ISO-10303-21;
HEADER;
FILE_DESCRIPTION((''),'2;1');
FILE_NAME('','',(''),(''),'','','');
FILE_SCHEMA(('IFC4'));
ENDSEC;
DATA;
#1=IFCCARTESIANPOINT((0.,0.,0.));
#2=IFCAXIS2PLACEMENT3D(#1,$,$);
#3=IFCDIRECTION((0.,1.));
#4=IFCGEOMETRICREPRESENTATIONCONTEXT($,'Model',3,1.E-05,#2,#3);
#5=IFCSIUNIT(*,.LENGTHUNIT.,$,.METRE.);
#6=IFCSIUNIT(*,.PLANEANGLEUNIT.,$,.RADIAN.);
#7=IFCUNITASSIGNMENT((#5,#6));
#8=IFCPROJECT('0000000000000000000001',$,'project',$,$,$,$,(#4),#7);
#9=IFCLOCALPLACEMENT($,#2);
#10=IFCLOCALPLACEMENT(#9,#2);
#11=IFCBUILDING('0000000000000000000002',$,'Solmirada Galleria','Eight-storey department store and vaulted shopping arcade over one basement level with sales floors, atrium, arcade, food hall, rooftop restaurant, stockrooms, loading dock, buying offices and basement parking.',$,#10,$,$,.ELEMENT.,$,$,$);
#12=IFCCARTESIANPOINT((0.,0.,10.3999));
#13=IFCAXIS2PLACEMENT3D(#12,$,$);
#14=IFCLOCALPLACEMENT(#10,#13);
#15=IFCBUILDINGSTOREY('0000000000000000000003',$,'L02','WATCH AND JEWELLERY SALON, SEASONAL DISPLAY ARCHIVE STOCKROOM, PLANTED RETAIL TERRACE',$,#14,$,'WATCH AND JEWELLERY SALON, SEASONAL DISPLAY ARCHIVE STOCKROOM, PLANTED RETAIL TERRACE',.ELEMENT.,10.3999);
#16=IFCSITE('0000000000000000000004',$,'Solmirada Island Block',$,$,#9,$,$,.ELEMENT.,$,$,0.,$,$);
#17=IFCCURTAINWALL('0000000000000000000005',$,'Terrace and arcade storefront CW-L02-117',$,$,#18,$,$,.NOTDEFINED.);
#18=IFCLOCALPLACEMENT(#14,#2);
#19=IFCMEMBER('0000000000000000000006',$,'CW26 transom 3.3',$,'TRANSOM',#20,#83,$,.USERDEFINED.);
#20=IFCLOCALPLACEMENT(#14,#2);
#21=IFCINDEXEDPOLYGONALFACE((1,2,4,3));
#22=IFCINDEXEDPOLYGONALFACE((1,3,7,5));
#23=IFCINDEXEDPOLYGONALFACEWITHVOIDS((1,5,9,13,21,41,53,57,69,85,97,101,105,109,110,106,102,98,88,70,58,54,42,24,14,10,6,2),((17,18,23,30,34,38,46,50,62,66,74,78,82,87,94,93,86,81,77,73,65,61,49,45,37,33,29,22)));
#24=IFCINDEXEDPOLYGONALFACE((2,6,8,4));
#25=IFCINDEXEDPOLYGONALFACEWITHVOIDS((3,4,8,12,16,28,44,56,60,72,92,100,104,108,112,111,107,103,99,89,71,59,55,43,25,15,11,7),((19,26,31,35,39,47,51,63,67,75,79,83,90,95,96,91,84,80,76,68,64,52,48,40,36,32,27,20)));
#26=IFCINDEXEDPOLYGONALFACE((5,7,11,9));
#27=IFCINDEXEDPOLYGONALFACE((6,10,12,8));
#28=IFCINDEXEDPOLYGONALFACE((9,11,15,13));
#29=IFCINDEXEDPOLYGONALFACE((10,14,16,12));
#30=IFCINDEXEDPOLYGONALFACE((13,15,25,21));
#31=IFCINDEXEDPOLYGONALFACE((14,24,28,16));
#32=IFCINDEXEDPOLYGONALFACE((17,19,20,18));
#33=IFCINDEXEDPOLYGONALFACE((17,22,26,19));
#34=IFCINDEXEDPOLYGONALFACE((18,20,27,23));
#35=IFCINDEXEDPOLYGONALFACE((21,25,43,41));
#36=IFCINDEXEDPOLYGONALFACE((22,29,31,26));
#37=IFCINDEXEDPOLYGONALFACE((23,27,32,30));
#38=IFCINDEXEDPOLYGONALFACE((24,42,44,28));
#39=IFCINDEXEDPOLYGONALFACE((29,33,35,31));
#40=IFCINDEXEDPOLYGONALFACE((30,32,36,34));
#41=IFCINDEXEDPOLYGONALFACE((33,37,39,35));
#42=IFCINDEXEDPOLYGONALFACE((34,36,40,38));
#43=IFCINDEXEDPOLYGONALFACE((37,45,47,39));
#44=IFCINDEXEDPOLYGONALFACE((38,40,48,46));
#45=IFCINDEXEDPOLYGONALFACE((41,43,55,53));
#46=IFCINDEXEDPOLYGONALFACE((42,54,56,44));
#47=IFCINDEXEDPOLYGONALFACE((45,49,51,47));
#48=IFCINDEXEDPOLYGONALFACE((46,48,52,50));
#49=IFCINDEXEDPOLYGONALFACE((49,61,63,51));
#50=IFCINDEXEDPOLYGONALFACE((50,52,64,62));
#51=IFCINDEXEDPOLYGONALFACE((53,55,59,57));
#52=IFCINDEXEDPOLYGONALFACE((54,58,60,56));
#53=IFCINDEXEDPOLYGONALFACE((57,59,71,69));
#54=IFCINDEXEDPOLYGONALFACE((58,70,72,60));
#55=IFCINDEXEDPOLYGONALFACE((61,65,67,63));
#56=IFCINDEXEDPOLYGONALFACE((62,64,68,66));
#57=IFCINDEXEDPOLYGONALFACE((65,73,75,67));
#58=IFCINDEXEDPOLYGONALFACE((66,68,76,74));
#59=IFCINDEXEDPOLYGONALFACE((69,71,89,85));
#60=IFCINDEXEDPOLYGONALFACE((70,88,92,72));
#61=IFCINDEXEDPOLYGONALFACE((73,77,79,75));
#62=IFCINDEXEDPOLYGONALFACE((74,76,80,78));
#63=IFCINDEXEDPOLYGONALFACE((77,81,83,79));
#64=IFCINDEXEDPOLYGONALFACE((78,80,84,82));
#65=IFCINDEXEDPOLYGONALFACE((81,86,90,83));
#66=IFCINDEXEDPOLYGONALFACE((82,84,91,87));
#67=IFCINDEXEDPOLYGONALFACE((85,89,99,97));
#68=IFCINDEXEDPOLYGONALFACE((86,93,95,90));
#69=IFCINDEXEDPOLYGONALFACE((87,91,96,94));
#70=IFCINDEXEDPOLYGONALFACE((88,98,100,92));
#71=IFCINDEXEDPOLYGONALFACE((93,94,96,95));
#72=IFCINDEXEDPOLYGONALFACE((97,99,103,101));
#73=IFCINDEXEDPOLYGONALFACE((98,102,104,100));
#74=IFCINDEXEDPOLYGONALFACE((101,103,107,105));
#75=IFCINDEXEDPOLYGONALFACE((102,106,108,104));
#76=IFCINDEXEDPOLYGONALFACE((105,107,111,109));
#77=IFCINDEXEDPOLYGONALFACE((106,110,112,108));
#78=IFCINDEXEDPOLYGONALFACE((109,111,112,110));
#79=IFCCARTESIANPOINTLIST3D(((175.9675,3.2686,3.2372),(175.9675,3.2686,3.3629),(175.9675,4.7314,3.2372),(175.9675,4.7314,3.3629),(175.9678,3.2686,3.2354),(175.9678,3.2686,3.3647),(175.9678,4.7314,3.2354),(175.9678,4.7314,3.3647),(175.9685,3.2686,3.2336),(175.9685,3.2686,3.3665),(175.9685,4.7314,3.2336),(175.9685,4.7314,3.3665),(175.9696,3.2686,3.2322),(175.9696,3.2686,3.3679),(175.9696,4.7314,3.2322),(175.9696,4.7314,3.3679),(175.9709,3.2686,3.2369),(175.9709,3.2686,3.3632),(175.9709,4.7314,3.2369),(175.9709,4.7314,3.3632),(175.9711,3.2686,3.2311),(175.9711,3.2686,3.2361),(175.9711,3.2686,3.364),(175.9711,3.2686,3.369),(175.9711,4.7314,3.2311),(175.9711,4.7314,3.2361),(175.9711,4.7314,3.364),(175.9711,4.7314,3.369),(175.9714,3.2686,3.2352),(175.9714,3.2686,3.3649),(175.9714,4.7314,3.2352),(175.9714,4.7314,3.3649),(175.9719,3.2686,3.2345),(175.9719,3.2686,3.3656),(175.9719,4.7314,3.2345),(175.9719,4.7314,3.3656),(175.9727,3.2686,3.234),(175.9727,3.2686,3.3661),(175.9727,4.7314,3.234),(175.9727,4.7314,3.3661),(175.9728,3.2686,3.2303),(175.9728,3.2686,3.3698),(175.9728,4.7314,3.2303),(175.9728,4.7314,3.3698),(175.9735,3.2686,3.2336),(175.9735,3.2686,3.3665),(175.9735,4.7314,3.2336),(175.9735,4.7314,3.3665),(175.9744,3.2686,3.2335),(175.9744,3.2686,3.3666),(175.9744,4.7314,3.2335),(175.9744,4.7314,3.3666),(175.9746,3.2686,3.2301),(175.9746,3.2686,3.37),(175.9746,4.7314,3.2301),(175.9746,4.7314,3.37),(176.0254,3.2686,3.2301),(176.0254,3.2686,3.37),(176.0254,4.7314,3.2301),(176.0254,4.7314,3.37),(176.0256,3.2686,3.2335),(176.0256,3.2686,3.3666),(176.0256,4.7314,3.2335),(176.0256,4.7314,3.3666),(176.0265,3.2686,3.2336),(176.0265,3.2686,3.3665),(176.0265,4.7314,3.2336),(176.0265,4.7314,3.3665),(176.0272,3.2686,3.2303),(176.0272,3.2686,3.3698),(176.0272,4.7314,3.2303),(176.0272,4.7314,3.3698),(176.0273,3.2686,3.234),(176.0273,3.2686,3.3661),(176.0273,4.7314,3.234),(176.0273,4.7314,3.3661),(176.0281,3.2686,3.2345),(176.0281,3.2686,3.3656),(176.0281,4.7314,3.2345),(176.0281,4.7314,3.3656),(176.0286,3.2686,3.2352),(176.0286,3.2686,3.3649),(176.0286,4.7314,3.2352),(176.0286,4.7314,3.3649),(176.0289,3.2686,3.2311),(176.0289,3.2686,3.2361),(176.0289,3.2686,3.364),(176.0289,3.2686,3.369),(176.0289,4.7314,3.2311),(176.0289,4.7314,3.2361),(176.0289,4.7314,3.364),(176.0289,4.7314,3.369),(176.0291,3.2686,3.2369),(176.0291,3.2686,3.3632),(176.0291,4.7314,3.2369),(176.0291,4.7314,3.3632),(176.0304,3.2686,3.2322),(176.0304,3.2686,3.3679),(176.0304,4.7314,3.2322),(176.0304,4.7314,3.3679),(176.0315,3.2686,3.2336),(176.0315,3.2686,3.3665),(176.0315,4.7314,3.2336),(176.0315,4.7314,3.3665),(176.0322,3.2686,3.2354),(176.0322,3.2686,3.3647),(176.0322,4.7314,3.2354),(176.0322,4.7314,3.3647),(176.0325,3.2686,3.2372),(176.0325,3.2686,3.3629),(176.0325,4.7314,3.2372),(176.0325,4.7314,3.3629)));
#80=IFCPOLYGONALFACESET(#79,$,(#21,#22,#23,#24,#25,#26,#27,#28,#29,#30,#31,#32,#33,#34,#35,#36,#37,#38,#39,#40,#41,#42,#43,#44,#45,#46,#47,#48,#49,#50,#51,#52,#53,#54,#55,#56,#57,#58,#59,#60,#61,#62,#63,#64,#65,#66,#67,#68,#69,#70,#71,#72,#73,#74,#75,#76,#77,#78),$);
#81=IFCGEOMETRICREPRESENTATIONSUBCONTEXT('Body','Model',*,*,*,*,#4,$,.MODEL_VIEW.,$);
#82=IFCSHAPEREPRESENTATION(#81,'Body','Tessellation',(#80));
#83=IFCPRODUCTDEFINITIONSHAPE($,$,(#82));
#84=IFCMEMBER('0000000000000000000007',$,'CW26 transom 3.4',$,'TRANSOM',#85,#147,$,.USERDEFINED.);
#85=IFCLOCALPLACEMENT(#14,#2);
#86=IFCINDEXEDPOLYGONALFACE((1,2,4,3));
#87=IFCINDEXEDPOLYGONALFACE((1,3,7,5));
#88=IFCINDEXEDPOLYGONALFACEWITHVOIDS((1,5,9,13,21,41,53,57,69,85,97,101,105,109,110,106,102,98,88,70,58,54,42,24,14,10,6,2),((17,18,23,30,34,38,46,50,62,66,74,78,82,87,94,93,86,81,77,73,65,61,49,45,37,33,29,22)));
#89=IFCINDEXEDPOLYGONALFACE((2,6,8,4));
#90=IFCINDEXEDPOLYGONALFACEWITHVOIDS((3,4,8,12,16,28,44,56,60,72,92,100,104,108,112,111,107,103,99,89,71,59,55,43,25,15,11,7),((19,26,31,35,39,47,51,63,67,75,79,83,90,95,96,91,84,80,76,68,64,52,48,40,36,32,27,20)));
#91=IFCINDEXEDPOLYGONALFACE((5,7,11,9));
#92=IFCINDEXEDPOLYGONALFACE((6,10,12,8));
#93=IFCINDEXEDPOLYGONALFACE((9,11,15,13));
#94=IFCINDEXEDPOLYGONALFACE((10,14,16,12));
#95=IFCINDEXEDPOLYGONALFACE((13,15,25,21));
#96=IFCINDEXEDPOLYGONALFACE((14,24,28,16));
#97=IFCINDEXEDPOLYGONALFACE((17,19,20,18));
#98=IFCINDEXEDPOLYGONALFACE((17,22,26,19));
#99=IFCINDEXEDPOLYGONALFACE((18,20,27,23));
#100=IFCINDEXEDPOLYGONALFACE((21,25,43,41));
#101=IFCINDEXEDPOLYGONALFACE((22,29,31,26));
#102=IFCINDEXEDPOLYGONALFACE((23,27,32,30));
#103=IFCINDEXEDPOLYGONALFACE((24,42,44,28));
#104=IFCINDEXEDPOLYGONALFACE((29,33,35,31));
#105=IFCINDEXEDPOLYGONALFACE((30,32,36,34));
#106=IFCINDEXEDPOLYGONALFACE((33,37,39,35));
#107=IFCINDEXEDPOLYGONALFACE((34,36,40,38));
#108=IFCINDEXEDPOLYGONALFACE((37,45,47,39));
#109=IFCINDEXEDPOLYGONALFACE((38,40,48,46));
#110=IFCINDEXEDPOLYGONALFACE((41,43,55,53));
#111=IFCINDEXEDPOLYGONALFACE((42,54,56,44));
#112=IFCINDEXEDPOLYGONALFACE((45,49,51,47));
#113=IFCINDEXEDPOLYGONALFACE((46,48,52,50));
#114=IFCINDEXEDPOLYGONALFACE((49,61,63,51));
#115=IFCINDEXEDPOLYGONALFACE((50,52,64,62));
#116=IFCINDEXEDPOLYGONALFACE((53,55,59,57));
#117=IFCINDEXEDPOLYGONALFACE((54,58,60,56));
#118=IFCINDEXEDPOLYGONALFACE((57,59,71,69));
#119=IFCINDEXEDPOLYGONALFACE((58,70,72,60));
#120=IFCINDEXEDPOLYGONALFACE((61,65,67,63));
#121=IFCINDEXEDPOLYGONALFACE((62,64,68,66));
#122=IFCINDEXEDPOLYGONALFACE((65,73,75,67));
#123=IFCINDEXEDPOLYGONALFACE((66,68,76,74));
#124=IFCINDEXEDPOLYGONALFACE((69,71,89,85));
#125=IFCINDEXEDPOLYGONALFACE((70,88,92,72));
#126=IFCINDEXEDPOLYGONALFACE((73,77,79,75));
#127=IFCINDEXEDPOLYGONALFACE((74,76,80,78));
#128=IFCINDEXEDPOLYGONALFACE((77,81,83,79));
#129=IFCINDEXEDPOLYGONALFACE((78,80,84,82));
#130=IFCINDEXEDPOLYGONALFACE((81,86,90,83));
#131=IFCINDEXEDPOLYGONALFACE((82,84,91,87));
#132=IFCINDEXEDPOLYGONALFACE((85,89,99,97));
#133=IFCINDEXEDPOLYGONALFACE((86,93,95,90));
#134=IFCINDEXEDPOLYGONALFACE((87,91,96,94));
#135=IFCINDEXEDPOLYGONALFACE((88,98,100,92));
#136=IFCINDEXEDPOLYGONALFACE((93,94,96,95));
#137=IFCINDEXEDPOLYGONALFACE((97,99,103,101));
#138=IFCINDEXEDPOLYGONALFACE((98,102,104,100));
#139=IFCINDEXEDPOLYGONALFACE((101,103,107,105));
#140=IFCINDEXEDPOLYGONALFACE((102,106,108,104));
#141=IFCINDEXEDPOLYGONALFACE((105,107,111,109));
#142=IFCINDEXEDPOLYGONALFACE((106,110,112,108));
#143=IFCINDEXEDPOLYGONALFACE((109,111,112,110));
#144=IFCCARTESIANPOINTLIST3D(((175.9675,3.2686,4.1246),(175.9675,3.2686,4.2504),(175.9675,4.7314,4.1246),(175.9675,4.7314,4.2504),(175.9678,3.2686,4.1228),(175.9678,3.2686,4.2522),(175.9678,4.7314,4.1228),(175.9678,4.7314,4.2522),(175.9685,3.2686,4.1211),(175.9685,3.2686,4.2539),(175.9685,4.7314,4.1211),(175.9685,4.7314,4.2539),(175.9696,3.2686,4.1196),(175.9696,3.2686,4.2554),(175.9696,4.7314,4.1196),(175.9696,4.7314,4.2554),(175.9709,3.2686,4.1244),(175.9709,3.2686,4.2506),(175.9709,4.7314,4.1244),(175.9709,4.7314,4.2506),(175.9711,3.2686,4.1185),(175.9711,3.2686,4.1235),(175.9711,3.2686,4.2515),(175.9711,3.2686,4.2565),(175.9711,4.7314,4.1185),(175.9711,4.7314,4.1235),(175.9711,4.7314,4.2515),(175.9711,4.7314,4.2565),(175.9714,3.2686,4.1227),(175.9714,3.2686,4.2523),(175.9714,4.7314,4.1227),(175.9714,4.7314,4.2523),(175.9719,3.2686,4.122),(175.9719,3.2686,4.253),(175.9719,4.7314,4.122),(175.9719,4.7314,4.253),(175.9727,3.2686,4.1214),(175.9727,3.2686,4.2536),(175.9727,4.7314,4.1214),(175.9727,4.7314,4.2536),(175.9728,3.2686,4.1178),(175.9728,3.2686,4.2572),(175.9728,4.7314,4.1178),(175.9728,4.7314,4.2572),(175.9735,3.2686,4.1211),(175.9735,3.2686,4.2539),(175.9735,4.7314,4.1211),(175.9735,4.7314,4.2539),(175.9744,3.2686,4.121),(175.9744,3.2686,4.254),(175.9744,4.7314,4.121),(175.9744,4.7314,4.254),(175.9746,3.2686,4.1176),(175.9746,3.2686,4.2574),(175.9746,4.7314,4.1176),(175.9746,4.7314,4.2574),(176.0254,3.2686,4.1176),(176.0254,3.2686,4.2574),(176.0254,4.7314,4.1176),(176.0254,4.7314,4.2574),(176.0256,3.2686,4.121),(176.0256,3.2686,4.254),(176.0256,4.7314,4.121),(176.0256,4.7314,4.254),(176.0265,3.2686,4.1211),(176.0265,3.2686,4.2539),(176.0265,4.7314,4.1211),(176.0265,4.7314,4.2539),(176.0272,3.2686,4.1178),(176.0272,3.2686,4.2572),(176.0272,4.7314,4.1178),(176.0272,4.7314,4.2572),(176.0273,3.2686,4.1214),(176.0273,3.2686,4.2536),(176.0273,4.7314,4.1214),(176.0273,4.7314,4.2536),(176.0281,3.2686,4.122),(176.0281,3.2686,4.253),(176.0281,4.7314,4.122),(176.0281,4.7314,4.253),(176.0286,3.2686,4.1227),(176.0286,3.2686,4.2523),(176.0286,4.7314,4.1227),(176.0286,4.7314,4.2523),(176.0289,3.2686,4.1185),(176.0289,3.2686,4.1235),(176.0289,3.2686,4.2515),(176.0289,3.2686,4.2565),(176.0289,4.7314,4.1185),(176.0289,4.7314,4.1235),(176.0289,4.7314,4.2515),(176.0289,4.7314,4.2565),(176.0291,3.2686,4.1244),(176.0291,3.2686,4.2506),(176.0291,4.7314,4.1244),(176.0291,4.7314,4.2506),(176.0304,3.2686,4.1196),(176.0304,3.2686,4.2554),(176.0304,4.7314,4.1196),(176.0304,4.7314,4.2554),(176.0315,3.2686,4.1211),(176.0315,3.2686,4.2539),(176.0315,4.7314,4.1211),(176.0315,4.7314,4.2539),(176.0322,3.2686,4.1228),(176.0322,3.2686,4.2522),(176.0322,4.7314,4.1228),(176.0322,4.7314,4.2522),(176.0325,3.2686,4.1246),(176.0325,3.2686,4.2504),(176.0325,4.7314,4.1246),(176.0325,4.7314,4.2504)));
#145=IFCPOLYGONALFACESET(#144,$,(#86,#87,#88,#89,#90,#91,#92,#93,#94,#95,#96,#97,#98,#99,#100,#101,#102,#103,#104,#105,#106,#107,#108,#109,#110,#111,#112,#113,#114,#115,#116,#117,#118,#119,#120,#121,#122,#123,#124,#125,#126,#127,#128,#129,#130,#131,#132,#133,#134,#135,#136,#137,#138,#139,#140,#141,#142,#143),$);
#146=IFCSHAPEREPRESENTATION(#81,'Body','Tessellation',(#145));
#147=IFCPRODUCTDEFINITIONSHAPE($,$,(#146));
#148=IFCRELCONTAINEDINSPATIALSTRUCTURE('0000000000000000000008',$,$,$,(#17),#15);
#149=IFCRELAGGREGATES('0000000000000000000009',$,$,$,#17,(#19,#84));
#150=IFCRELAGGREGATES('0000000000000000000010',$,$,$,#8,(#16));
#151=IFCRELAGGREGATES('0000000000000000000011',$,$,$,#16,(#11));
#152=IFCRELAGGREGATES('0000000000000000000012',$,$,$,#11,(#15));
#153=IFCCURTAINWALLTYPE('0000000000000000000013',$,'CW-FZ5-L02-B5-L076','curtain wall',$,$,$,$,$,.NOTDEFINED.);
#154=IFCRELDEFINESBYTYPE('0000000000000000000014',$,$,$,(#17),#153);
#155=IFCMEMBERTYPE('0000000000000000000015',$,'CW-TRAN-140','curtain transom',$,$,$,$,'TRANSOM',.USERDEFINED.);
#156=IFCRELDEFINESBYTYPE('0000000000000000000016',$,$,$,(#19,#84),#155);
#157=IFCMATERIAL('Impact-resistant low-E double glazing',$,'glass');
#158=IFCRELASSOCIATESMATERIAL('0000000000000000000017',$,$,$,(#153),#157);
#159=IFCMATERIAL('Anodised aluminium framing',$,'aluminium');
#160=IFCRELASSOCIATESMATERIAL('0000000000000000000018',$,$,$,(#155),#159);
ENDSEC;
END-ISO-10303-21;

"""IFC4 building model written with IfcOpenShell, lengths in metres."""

from ifc_helpers import new_model, si_unit, direction, frame, origin, origin_2d, place, context, subcontext, project, spatial, hollow_rectangle, extrude, material, material_profile, profile_set, type_object, element, aggregate, save


model = new_model("IFC4")

# Units and contexts
model_context = context("Model", 3, precision=1e-05, world=origin(), true_north=direction((0.0, 1.0)))
body_context = subcontext(model_context, "Body", "Model", "MODEL_VIEW")
ifc_project = project(units=[si_unit("LENGTHUNIT", "METRE"), si_unit("PLANEANGLEUNIT", "RADIAN")], contexts=[model_context])

# Site, building, storey
site_placement = place(None, origin())
site = spatial("IfcSite", under=ifc_project, at=site_placement, Name="Solmirada Island Block", CompositionType="ELEMENT", RefElevation=0.0)
building_placement = place(site_placement, origin())
building = spatial("IfcBuilding", under=site, at=building_placement, Name="Solmirada Galleria", Description="Eight-storey department store and vaulted shopping arcade over one basement level with sales floors, atrium, arcade, food hall, rooftop restaurant, stockrooms, loading dock, buying offices and basement parking.", CompositionType="ELEMENT")
storey_placement = place(building_placement, frame((0.0, 0.0, 10.3999)))
storey = spatial("IfcBuildingStorey", under=building, at=storey_placement, Name="L02", Description="WATCH AND JEWELLERY SALON, SEASONAL DISPLAY ARCHIVE STOCKROOM, PLANTED RETAIL TERRACE", LongName="WATCH AND JEWELLERY SALON, SEASONAL DISPLAY ARCHIVE STOCKROOM, PLANTED RETAIL TERRACE", CompositionType="ELEMENT", Elevation=10.3999)

# Curtain wall, members
ifc_material_1 = material(Name="Impact-resistant low-E double glazing", Category="glass")
curtain_wall_type = type_object("IfcCurtainWallType", Name="CW-FZ5-L02-B5-L076", Description="curtain wall", PredefinedType="NOTDEFINED", material=ifc_material_1)
curtain_wall_placement = place(storey_placement, origin())
curtain_wall = element("IfcCurtainWall", 1, at=curtain_wall_placement, inside=storey, type_object=curtain_wall_type, Name="Terrace and arcade storefront CW-L02-117", PredefinedType="NOTDEFINED")
ifc_material_2 = material(Name="Anodised aluminium framing", Category="aluminium")
ifc_material_profile_1 = material_profile(ifc_material_2, hollow_rectangle(XDim=0.0649, YDim=0.1399, WallThickness=0.0034, InnerFilletRadius=0.0034, OuterFilletRadius=0.0071, at=origin_2d()), Name="ALU-TRAN-140X65")
ifc_profile_set_1 = profile_set([ifc_material_profile_1], Name="Anodised aluminium framing")
member_type_1 = type_object("IfcMemberType", Name="CW-TRAN-140", Description="curtain transom", ElementType="TRANSOM", PredefinedType="USERDEFINED", material=ifc_profile_set_1)
member_1_placement = place(storey_placement, frame((176.0, 4.7314, 3.3), z_axis=(0.0, -1.0, 0.0), x_axis=(1.0, 0.0, 0.0)))
member_1 = element("IfcMember", 2, at=member_1_placement, type_object=member_type_1, Name="CW26 transom 3.3", ObjectType="TRANSOM", PredefinedType="USERDEFINED", context=body_context, shape_type="SweptSolid", body=[
    extrude(hollow_rectangle(XDim=0.0649, YDim=0.1399, WallThickness=0.0034, InnerFilletRadius=0.0034, OuterFilletRadius=0.0071, at=origin_2d()), origin(), (0.0, 0.0, 1.0), 1.4629),
])
member_2_placement = place(storey_placement, frame((176.0, 4.7314, 4.1875), z_axis=(0.0, -1.0, 0.0), x_axis=(1.0, 0.0, 0.0)))
member_2 = element("IfcMember", 3, at=member_2_placement, type_object=member_type_1, Name="CW26 transom 3.4", ObjectType="TRANSOM", PredefinedType="USERDEFINED", context=body_context, shape_type="SweptSolid", body=[
    extrude(hollow_rectangle(XDim=0.0649, YDim=0.1399, WallThickness=0.0034, InnerFilletRadius=0.0034, OuterFilletRadius=0.0071, at=origin_2d()), origin(), (0.0, 0.0, 1.0), 1.4629),
])
aggregate(curtain_wall, [member_1, member_2])

save(model, "model.ifc")
